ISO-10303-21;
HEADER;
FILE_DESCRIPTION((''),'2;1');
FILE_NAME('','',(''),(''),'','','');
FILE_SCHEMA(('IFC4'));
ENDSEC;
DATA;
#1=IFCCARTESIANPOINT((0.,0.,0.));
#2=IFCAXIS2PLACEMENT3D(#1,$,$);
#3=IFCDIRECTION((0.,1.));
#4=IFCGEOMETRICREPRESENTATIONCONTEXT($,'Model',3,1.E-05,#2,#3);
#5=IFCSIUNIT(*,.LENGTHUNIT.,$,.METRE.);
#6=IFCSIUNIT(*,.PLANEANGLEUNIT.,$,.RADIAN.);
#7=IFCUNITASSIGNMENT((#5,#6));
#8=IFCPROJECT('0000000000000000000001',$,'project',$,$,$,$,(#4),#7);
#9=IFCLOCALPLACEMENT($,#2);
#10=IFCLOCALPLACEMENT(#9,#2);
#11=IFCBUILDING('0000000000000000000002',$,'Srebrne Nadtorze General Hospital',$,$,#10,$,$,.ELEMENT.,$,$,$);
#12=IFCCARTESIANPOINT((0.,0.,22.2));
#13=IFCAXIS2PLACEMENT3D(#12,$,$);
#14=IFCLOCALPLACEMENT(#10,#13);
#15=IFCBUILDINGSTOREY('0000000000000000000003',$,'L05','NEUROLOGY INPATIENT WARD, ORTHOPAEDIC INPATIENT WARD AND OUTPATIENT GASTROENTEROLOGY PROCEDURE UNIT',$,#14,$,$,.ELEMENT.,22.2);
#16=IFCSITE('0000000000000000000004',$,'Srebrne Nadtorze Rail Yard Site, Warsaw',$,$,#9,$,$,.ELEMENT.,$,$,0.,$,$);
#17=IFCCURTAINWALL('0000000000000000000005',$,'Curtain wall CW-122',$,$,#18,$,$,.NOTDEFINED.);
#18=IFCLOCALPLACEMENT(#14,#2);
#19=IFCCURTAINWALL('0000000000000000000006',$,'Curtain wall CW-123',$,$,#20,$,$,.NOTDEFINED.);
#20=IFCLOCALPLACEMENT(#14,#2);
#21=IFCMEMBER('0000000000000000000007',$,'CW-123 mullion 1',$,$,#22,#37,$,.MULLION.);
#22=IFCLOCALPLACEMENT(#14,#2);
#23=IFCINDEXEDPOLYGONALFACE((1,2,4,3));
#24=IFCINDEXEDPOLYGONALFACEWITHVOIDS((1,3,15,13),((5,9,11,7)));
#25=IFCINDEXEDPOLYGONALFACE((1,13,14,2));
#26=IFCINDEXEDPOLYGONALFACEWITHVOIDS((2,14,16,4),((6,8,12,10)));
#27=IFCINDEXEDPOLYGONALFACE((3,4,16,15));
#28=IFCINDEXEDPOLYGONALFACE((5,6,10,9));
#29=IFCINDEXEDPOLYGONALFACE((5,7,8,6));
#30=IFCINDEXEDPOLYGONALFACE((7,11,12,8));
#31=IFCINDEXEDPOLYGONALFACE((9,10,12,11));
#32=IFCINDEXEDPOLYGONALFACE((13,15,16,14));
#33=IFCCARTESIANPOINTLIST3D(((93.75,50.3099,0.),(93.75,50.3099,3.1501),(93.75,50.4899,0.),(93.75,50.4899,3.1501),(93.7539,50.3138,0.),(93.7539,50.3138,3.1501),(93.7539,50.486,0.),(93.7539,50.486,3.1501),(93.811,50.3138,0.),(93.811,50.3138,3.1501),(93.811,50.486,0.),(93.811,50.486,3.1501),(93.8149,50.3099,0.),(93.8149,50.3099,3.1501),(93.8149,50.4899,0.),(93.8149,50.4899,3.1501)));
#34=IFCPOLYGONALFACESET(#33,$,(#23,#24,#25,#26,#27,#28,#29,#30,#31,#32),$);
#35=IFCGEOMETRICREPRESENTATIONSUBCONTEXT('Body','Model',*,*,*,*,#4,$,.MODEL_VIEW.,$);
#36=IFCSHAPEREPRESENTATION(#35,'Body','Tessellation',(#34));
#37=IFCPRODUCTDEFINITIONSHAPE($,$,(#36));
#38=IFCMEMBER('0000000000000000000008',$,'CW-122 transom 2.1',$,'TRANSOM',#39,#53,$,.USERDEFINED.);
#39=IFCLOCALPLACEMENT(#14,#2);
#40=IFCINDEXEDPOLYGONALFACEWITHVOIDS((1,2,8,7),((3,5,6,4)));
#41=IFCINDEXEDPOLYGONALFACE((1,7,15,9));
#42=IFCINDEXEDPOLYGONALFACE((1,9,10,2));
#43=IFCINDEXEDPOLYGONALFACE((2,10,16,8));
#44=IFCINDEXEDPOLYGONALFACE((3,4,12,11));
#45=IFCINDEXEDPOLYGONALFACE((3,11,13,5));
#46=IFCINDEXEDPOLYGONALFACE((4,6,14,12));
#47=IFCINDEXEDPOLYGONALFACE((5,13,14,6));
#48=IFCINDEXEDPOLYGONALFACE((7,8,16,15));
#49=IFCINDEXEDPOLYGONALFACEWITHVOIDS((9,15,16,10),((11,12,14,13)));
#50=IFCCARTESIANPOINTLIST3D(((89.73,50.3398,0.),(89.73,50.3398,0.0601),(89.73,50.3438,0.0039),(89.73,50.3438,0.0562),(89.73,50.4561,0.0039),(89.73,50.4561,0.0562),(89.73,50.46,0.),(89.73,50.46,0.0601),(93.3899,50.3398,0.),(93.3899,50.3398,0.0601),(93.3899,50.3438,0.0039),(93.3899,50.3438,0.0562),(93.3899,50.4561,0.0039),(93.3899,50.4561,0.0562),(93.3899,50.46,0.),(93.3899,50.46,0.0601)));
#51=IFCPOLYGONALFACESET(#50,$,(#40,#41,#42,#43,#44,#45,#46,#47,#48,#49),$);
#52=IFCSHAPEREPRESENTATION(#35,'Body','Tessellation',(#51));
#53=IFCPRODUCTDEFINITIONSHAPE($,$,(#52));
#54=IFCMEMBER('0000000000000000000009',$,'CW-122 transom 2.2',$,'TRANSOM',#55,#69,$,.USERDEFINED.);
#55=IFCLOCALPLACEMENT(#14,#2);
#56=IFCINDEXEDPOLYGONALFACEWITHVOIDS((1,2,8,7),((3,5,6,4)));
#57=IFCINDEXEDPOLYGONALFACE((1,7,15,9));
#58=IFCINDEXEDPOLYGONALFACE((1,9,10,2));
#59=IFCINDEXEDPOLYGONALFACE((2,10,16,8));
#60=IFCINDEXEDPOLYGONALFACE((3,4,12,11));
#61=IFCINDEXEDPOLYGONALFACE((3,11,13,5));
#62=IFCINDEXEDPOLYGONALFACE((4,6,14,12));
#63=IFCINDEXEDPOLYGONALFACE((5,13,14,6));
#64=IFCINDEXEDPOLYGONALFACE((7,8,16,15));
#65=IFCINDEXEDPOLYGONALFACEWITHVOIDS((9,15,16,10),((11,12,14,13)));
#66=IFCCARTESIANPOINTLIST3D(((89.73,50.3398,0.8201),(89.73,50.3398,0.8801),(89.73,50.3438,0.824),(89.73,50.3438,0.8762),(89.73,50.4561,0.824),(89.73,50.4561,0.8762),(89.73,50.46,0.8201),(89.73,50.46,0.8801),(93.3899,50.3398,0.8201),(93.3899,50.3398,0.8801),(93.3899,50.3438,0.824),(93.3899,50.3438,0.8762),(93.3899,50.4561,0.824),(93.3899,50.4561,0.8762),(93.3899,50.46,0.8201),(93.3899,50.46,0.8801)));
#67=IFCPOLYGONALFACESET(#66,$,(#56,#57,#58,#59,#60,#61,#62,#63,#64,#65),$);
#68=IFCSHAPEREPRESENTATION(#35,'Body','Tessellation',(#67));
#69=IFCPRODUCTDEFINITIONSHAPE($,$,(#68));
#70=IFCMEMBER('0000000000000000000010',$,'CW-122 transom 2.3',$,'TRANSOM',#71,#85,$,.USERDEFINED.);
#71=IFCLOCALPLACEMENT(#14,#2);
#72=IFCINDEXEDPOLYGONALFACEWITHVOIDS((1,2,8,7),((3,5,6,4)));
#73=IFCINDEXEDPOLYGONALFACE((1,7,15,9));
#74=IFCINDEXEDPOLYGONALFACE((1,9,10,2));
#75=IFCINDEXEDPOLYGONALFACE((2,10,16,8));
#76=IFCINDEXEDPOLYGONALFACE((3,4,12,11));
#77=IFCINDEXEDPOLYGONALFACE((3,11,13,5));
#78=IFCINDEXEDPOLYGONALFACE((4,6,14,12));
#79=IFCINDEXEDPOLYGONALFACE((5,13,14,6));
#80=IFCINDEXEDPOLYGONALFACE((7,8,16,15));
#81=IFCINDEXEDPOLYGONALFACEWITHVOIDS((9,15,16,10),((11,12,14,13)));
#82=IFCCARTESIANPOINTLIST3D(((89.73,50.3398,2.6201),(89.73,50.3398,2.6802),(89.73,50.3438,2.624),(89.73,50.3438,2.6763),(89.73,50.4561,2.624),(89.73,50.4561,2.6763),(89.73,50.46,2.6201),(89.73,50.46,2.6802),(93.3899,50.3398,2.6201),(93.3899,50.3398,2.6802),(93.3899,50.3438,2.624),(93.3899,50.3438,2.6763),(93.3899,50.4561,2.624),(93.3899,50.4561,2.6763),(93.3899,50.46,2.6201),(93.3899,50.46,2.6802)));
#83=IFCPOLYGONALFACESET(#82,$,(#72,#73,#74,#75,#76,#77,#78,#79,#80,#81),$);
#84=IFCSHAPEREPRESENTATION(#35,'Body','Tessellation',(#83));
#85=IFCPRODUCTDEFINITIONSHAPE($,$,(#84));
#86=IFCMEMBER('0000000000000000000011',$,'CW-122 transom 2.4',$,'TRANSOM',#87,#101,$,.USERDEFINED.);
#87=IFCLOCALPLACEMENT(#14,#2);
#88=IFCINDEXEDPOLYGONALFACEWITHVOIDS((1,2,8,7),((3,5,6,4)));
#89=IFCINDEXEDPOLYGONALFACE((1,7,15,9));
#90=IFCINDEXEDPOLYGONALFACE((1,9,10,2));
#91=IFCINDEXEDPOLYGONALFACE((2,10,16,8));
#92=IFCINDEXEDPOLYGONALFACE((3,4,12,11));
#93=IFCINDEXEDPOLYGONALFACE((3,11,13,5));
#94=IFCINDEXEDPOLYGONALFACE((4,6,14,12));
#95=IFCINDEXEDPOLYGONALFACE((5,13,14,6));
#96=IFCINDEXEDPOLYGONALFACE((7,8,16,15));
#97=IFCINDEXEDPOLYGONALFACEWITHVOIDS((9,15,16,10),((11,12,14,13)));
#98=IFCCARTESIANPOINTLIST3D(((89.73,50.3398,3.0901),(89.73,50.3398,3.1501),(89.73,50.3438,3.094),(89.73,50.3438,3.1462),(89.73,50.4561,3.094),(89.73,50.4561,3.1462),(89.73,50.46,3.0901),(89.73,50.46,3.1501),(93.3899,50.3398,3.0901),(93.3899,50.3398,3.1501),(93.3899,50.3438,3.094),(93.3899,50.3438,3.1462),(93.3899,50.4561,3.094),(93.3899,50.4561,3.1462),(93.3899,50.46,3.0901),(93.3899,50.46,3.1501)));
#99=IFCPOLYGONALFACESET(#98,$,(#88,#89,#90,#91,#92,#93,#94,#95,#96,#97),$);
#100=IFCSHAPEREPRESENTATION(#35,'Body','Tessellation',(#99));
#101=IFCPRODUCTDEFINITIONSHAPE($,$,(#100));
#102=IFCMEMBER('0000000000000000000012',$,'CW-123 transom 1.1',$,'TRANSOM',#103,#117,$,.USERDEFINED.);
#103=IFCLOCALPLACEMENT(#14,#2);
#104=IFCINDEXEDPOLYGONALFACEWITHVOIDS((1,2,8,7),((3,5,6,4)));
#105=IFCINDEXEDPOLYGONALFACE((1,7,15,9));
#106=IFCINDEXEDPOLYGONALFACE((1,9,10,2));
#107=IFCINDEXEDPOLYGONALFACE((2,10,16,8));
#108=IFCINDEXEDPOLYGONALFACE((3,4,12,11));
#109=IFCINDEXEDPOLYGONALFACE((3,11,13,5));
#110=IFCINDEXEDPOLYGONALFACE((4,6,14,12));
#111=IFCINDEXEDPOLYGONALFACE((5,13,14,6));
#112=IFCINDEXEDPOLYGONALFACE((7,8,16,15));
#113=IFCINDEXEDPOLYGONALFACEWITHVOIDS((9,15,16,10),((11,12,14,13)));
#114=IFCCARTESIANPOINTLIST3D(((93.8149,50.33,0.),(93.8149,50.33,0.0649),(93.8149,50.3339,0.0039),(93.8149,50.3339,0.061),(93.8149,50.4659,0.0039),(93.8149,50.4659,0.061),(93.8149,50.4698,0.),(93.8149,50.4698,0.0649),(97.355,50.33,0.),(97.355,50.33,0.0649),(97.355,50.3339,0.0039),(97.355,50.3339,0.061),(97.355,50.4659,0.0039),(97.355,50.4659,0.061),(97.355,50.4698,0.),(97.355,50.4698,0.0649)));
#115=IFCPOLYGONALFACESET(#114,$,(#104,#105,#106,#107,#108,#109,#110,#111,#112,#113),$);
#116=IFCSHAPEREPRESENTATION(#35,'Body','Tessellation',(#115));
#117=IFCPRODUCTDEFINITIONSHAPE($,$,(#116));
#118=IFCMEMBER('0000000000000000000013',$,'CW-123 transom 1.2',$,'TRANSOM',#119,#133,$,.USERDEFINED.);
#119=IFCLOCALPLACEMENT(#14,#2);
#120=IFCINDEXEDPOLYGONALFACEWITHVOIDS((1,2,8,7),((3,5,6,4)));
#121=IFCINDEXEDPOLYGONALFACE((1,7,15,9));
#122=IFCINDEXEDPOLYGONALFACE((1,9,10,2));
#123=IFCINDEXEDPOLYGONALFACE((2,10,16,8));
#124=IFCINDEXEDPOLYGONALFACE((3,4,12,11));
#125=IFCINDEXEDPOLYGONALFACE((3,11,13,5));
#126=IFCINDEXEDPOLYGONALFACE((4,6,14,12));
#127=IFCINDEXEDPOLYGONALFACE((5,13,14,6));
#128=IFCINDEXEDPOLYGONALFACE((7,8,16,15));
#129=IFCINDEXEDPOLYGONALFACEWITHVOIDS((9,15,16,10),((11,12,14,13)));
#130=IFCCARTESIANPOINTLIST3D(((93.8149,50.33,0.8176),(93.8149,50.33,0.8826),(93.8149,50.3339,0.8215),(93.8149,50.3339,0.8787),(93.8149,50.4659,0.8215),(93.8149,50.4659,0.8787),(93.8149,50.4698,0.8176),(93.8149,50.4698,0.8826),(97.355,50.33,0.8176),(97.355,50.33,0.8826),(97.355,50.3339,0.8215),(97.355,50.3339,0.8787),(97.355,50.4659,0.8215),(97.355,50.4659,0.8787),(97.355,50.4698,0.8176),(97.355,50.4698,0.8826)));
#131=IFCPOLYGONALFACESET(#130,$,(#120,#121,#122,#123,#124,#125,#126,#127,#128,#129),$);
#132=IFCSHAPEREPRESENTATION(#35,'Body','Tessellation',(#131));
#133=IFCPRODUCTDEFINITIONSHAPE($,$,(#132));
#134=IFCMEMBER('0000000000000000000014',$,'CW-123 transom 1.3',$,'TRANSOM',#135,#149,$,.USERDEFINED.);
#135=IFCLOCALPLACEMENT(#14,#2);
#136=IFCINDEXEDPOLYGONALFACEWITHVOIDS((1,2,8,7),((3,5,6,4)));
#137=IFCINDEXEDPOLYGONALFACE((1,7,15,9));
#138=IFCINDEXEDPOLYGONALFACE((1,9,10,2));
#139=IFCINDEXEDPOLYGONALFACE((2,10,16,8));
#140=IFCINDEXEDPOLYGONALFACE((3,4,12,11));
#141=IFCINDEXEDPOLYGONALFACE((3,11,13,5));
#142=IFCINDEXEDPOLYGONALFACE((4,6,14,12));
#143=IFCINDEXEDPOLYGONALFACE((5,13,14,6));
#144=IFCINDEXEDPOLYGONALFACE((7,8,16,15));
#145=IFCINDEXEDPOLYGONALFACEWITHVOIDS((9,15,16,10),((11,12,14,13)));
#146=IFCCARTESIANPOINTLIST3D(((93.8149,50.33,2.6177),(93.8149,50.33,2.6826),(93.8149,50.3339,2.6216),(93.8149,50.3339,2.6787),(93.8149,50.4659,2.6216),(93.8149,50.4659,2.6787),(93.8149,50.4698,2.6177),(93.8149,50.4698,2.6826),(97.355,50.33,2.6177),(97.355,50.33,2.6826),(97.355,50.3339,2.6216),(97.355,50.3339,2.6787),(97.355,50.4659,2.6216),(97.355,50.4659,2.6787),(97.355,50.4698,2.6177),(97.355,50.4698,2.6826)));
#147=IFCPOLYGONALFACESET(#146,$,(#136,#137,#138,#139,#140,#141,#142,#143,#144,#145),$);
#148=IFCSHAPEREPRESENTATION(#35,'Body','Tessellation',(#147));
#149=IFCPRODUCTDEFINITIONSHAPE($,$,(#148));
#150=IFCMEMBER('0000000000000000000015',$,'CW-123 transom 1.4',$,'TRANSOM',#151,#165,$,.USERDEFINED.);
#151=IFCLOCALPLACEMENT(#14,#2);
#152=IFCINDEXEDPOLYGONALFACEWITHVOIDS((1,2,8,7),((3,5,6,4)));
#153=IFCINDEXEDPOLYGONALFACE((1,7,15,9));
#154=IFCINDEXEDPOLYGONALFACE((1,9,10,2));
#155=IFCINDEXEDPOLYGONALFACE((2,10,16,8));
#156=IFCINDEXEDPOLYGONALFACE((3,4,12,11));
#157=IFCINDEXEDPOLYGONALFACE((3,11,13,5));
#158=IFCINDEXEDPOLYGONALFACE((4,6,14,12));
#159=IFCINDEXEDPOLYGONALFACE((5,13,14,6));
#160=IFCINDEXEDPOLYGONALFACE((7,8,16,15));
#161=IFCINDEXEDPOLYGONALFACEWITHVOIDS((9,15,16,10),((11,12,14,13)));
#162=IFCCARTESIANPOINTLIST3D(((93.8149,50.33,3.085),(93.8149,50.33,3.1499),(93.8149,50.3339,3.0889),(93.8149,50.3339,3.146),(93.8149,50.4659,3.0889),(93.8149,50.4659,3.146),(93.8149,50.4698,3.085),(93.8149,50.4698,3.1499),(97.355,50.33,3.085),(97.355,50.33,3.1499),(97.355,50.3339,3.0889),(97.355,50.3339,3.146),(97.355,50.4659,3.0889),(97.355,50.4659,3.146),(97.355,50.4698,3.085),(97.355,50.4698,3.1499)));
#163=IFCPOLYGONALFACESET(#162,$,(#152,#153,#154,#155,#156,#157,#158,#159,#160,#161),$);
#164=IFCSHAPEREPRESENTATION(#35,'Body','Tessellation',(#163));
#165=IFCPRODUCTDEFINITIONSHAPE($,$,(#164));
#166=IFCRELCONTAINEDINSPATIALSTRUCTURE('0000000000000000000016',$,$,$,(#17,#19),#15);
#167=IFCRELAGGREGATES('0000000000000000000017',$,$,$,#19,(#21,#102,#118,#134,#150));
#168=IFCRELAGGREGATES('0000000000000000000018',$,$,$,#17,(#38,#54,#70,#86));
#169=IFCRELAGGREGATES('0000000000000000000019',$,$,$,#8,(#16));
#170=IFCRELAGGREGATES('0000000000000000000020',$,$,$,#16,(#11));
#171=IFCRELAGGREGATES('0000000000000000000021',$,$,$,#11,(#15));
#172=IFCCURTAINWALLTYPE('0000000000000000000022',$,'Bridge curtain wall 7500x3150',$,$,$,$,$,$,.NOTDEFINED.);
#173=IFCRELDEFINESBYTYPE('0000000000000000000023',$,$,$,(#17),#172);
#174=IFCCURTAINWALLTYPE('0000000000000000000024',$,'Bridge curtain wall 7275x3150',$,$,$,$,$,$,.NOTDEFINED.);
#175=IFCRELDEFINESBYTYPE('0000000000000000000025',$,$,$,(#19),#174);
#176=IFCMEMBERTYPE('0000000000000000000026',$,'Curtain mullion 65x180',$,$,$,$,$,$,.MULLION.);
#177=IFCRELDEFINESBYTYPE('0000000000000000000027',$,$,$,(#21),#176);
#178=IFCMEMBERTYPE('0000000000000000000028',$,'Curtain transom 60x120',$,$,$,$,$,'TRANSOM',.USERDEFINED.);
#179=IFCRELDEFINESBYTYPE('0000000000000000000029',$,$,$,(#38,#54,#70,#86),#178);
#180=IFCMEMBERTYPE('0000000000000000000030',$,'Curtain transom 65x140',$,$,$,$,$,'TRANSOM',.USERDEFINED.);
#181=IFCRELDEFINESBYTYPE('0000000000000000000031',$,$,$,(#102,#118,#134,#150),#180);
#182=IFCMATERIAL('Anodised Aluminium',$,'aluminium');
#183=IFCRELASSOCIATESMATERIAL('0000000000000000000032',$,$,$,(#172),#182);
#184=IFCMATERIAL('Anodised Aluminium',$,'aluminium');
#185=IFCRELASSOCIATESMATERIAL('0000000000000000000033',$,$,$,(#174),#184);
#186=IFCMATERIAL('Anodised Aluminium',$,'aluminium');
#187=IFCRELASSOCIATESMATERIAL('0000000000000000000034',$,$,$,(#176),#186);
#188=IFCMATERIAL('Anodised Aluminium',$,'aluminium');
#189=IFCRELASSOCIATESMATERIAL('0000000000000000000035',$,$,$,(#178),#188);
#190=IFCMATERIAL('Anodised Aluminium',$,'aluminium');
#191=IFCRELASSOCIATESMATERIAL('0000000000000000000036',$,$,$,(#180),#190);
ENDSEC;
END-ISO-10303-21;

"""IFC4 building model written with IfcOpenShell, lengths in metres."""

from ifc_helpers import new_model, si_unit, direction, frame, origin, origin_2d, place, context, subcontext, project, spatial, hollow_rectangle, extrude, material, material_profile, profile_set, type_object, element, aggregate, save


model = new_model("IFC4")

# Units and contexts
model_context = context("Model", 3, precision=1e-05, world=origin(), true_north=direction((0.0, 1.0)))
body_context = subcontext(model_context, "Body", "Model", "MODEL_VIEW")
ifc_project = project(units=[si_unit("LENGTHUNIT", "METRE"), si_unit("PLANEANGLEUNIT", "RADIAN")], contexts=[model_context])

# Site, building, storey
site_placement = place(None, origin())
site = spatial("IfcSite", under=ifc_project, at=site_placement, Name="Srebrne Nadtorze Rail Yard Site, Warsaw", CompositionType="ELEMENT", RefElevation=0.0)
building_placement = place(site_placement, origin())
building = spatial("IfcBuilding", under=site, at=building_placement, Name="Srebrne Nadtorze General Hospital", CompositionType="ELEMENT")
storey_placement = place(building_placement, frame((0.0, 0.0, 22.2)))
storey = spatial("IfcBuildingStorey", under=building, at=storey_placement, Name="L05", Description="NEUROLOGY INPATIENT WARD, ORTHOPAEDIC INPATIENT WARD AND OUTPATIENT GASTROENTEROLOGY PROCEDURE UNIT", CompositionType="ELEMENT", Elevation=22.2)

# Curtain wall
ifc_material_1 = material(Name="Anodised Aluminium", Category="aluminium")
curtain_wall_type_1 = type_object("IfcCurtainWallType", Name="Bridge curtain wall 7500x3150", PredefinedType="NOTDEFINED", material=ifc_material_1)
curtain_wall_1_placement = place(storey_placement, origin())
curtain_wall_1 = element("IfcCurtainWall", 1, at=curtain_wall_1_placement, inside=storey, type_object=curtain_wall_type_1, Name="Curtain wall CW-122", PredefinedType="NOTDEFINED")

# Curtain wall, member
ifc_material_2 = material(Name="Anodised Aluminium", Category="aluminium")
curtain_wall_type_2 = type_object("IfcCurtainWallType", Name="Bridge curtain wall 7275x3150", PredefinedType="NOTDEFINED", material=ifc_material_2)
curtain_wall_2_placement = place(storey_placement, origin())
curtain_wall_2 = element("IfcCurtainWall", 2, at=curtain_wall_2_placement, inside=storey, type_object=curtain_wall_type_2, Name="Curtain wall CW-123", PredefinedType="NOTDEFINED")
ifc_material_3 = material(Name="Anodised Aluminium", Category="aluminium")
ifc_material_profile_1 = material_profile(ifc_material_3, hollow_rectangle(XDim=0.0649, YDim=0.1799, WallThickness=0.0039, at=origin_2d()), Name="AL-MUL-65x180")
ifc_profile_set_1 = profile_set([ifc_material_profile_1], Name="Anodised Aluminium")
member_type_1 = type_object("IfcMemberType", Name="Curtain mullion 65x180", PredefinedType="MULLION", material=ifc_profile_set_1)
member_1_placement = place(storey_placement, frame((93.7825, 50.3999, 0.0), z_axis=(0.0, 0.0, 1.0), x_axis=(1.0, 0.0, 0.0)))
member_1 = element("IfcMember", 3, at=member_1_placement, type_object=member_type_1, Name="CW-123 mullion 1", PredefinedType="MULLION", context=body_context, shape_type="SweptSolid", body=[
    extrude(hollow_rectangle(XDim=0.0649, YDim=0.1799, WallThickness=0.0039, at=origin_2d()), origin(), (0.0, 0.0, 1.0), 3.1501),
])

# Members
ifc_material_4 = material(Name="Anodised Aluminium", Category="aluminium")
ifc_material_profile_2 = material_profile(ifc_material_4, hollow_rectangle(XDim=0.0601, YDim=0.1201, WallThickness=0.0039, at=origin_2d()), Name="AL-TRN-60x120")
ifc_profile_set_2 = profile_set([ifc_material_profile_2], Name="Anodised Aluminium")
member_type_2 = type_object("IfcMemberType", Name="Curtain transom 60x120", ElementType="TRANSOM", PredefinedType="USERDEFINED", material=ifc_profile_set_2)
member_2_placement = place(storey_placement, frame((89.73, 50.3999, 0.03), z_axis=(1.0, 0.0, 0.0), x_axis=(0.0, 0.0, 1.0)))
member_2 = element("IfcMember", 4, at=member_2_placement, type_object=member_type_2, Name="CW-122 transom 2.1", ObjectType="TRANSOM", PredefinedType="USERDEFINED", context=body_context, shape_type="SweptSolid", body=[
    extrude(hollow_rectangle(XDim=0.0601, YDim=0.1201, WallThickness=0.0039, at=origin_2d()), origin(), (0.0, 0.0, 1.0), 3.6599),
])
member_3_placement = place(storey_placement, frame((89.73, 50.3999, 0.8501), z_axis=(1.0, 0.0, 0.0), x_axis=(0.0, 0.0, 1.0)))
member_3 = element("IfcMember", 5, at=member_3_placement, type_object=member_type_2, Name="CW-122 transom 2.2", ObjectType="TRANSOM", PredefinedType="USERDEFINED", context=body_context, shape_type="SweptSolid", body=[
    extrude(hollow_rectangle(XDim=0.0601, YDim=0.1201, WallThickness=0.0039, at=origin_2d()), origin(), (0.0, 0.0, 1.0), 3.6599),
])
member_4_placement = place(storey_placement, frame((89.73, 50.3999, 2.6501), z_axis=(1.0, 0.0, 0.0), x_axis=(0.0, 0.0, 1.0)))
member_4 = element("IfcMember", 6, at=member_4_placement, type_object=member_type_2, Name="CW-122 transom 2.3", ObjectType="TRANSOM", PredefinedType="USERDEFINED", context=body_context, shape_type="SweptSolid", body=[
    extrude(hollow_rectangle(XDim=0.0601, YDim=0.1201, WallThickness=0.0039, at=origin_2d()), origin(), (0.0, 0.0, 1.0), 3.6599),
])
member_5_placement = place(storey_placement, frame((89.73, 50.3999, 3.1201), z_axis=(1.0, 0.0, 0.0), x_axis=(0.0, 0.0, 1.0)))
member_5 = element("IfcMember", 7, at=member_5_placement, type_object=member_type_2, Name="CW-122 transom 2.4", ObjectType="TRANSOM", PredefinedType="USERDEFINED", context=body_context, shape_type="SweptSolid", body=[
    extrude(hollow_rectangle(XDim=0.0601, YDim=0.1201, WallThickness=0.0039, at=origin_2d()), origin(), (0.0, 0.0, 1.0), 3.6599),
])
ifc_material_5 = material(Name="Anodised Aluminium", Category="aluminium")
ifc_material_profile_3 = material_profile(ifc_material_5, hollow_rectangle(XDim=0.0649, YDim=0.1399, WallThickness=0.0039, at=origin_2d()), Name="AL-TRN-65x140")
ifc_profile_set_3 = profile_set([ifc_material_profile_3], Name="Anodised Aluminium")
member_type_3 = type_object("IfcMemberType", Name="Curtain transom 65x140", ElementType="TRANSOM", PredefinedType="USERDEFINED", material=ifc_profile_set_3)
member_6_placement = place(storey_placement, frame((93.8149, 50.3999, 0.0325), z_axis=(1.0, 0.0, 0.0), x_axis=(0.0, 0.0, 1.0)))
member_6 = element("IfcMember", 8, at=member_6_placement, type_object=member_type_3, Name="CW-123 transom 1.1", ObjectType="TRANSOM", PredefinedType="USERDEFINED", context=body_context, shape_type="SweptSolid", body=[
    extrude(hollow_rectangle(XDim=0.0649, YDim=0.1399, WallThickness=0.0039, at=origin_2d()), origin(), (0.0, 0.0, 1.0), 3.54),
])
member_7_placement = place(storey_placement, frame((93.8149, 50.3999, 0.8501), z_axis=(1.0, 0.0, 0.0), x_axis=(0.0, 0.0, 1.0)))
member_7 = element("IfcMember", 9, at=member_7_placement, type_object=member_type_3, Name="CW-123 transom 1.2", ObjectType="TRANSOM", PredefinedType="USERDEFINED", context=body_context, shape_type="SweptSolid", body=[
    extrude(hollow_rectangle(XDim=0.0649, YDim=0.1399, WallThickness=0.0039, at=origin_2d()), origin(), (0.0, 0.0, 1.0), 3.54),
])
member_8_placement = place(storey_placement, frame((93.8149, 50.3999, 2.6501), z_axis=(1.0, 0.0, 0.0), x_axis=(0.0, 0.0, 1.0)))
member_8 = element("IfcMember", 10, at=member_8_placement, type_object=member_type_3, Name="CW-123 transom 1.3", ObjectType="TRANSOM", PredefinedType="USERDEFINED", context=body_context, shape_type="SweptSolid", body=[
    extrude(hollow_rectangle(XDim=0.0649, YDim=0.1399, WallThickness=0.0039, at=origin_2d()), origin(), (0.0, 0.0, 1.0), 3.54),
])
member_9_placement = place(storey_placement, frame((93.8149, 50.3999, 3.1174), z_axis=(1.0, 0.0, 0.0), x_axis=(0.0, 0.0, 1.0)))
member_9 = element("IfcMember", 11, at=member_9_placement, type_object=member_type_3, Name="CW-123 transom 1.4", ObjectType="TRANSOM", PredefinedType="USERDEFINED", context=body_context, shape_type="SweptSolid", body=[
    extrude(hollow_rectangle(XDim=0.0649, YDim=0.1399, WallThickness=0.0039, at=origin_2d()), origin(), (0.0, 0.0, 1.0), 3.54),
])
aggregate(curtain_wall_2, [member_1, member_6, member_7, member_8, member_9])

aggregate(curtain_wall_1, [member_2, member_3, member_4, member_5])

save(model, "model.ifc")
